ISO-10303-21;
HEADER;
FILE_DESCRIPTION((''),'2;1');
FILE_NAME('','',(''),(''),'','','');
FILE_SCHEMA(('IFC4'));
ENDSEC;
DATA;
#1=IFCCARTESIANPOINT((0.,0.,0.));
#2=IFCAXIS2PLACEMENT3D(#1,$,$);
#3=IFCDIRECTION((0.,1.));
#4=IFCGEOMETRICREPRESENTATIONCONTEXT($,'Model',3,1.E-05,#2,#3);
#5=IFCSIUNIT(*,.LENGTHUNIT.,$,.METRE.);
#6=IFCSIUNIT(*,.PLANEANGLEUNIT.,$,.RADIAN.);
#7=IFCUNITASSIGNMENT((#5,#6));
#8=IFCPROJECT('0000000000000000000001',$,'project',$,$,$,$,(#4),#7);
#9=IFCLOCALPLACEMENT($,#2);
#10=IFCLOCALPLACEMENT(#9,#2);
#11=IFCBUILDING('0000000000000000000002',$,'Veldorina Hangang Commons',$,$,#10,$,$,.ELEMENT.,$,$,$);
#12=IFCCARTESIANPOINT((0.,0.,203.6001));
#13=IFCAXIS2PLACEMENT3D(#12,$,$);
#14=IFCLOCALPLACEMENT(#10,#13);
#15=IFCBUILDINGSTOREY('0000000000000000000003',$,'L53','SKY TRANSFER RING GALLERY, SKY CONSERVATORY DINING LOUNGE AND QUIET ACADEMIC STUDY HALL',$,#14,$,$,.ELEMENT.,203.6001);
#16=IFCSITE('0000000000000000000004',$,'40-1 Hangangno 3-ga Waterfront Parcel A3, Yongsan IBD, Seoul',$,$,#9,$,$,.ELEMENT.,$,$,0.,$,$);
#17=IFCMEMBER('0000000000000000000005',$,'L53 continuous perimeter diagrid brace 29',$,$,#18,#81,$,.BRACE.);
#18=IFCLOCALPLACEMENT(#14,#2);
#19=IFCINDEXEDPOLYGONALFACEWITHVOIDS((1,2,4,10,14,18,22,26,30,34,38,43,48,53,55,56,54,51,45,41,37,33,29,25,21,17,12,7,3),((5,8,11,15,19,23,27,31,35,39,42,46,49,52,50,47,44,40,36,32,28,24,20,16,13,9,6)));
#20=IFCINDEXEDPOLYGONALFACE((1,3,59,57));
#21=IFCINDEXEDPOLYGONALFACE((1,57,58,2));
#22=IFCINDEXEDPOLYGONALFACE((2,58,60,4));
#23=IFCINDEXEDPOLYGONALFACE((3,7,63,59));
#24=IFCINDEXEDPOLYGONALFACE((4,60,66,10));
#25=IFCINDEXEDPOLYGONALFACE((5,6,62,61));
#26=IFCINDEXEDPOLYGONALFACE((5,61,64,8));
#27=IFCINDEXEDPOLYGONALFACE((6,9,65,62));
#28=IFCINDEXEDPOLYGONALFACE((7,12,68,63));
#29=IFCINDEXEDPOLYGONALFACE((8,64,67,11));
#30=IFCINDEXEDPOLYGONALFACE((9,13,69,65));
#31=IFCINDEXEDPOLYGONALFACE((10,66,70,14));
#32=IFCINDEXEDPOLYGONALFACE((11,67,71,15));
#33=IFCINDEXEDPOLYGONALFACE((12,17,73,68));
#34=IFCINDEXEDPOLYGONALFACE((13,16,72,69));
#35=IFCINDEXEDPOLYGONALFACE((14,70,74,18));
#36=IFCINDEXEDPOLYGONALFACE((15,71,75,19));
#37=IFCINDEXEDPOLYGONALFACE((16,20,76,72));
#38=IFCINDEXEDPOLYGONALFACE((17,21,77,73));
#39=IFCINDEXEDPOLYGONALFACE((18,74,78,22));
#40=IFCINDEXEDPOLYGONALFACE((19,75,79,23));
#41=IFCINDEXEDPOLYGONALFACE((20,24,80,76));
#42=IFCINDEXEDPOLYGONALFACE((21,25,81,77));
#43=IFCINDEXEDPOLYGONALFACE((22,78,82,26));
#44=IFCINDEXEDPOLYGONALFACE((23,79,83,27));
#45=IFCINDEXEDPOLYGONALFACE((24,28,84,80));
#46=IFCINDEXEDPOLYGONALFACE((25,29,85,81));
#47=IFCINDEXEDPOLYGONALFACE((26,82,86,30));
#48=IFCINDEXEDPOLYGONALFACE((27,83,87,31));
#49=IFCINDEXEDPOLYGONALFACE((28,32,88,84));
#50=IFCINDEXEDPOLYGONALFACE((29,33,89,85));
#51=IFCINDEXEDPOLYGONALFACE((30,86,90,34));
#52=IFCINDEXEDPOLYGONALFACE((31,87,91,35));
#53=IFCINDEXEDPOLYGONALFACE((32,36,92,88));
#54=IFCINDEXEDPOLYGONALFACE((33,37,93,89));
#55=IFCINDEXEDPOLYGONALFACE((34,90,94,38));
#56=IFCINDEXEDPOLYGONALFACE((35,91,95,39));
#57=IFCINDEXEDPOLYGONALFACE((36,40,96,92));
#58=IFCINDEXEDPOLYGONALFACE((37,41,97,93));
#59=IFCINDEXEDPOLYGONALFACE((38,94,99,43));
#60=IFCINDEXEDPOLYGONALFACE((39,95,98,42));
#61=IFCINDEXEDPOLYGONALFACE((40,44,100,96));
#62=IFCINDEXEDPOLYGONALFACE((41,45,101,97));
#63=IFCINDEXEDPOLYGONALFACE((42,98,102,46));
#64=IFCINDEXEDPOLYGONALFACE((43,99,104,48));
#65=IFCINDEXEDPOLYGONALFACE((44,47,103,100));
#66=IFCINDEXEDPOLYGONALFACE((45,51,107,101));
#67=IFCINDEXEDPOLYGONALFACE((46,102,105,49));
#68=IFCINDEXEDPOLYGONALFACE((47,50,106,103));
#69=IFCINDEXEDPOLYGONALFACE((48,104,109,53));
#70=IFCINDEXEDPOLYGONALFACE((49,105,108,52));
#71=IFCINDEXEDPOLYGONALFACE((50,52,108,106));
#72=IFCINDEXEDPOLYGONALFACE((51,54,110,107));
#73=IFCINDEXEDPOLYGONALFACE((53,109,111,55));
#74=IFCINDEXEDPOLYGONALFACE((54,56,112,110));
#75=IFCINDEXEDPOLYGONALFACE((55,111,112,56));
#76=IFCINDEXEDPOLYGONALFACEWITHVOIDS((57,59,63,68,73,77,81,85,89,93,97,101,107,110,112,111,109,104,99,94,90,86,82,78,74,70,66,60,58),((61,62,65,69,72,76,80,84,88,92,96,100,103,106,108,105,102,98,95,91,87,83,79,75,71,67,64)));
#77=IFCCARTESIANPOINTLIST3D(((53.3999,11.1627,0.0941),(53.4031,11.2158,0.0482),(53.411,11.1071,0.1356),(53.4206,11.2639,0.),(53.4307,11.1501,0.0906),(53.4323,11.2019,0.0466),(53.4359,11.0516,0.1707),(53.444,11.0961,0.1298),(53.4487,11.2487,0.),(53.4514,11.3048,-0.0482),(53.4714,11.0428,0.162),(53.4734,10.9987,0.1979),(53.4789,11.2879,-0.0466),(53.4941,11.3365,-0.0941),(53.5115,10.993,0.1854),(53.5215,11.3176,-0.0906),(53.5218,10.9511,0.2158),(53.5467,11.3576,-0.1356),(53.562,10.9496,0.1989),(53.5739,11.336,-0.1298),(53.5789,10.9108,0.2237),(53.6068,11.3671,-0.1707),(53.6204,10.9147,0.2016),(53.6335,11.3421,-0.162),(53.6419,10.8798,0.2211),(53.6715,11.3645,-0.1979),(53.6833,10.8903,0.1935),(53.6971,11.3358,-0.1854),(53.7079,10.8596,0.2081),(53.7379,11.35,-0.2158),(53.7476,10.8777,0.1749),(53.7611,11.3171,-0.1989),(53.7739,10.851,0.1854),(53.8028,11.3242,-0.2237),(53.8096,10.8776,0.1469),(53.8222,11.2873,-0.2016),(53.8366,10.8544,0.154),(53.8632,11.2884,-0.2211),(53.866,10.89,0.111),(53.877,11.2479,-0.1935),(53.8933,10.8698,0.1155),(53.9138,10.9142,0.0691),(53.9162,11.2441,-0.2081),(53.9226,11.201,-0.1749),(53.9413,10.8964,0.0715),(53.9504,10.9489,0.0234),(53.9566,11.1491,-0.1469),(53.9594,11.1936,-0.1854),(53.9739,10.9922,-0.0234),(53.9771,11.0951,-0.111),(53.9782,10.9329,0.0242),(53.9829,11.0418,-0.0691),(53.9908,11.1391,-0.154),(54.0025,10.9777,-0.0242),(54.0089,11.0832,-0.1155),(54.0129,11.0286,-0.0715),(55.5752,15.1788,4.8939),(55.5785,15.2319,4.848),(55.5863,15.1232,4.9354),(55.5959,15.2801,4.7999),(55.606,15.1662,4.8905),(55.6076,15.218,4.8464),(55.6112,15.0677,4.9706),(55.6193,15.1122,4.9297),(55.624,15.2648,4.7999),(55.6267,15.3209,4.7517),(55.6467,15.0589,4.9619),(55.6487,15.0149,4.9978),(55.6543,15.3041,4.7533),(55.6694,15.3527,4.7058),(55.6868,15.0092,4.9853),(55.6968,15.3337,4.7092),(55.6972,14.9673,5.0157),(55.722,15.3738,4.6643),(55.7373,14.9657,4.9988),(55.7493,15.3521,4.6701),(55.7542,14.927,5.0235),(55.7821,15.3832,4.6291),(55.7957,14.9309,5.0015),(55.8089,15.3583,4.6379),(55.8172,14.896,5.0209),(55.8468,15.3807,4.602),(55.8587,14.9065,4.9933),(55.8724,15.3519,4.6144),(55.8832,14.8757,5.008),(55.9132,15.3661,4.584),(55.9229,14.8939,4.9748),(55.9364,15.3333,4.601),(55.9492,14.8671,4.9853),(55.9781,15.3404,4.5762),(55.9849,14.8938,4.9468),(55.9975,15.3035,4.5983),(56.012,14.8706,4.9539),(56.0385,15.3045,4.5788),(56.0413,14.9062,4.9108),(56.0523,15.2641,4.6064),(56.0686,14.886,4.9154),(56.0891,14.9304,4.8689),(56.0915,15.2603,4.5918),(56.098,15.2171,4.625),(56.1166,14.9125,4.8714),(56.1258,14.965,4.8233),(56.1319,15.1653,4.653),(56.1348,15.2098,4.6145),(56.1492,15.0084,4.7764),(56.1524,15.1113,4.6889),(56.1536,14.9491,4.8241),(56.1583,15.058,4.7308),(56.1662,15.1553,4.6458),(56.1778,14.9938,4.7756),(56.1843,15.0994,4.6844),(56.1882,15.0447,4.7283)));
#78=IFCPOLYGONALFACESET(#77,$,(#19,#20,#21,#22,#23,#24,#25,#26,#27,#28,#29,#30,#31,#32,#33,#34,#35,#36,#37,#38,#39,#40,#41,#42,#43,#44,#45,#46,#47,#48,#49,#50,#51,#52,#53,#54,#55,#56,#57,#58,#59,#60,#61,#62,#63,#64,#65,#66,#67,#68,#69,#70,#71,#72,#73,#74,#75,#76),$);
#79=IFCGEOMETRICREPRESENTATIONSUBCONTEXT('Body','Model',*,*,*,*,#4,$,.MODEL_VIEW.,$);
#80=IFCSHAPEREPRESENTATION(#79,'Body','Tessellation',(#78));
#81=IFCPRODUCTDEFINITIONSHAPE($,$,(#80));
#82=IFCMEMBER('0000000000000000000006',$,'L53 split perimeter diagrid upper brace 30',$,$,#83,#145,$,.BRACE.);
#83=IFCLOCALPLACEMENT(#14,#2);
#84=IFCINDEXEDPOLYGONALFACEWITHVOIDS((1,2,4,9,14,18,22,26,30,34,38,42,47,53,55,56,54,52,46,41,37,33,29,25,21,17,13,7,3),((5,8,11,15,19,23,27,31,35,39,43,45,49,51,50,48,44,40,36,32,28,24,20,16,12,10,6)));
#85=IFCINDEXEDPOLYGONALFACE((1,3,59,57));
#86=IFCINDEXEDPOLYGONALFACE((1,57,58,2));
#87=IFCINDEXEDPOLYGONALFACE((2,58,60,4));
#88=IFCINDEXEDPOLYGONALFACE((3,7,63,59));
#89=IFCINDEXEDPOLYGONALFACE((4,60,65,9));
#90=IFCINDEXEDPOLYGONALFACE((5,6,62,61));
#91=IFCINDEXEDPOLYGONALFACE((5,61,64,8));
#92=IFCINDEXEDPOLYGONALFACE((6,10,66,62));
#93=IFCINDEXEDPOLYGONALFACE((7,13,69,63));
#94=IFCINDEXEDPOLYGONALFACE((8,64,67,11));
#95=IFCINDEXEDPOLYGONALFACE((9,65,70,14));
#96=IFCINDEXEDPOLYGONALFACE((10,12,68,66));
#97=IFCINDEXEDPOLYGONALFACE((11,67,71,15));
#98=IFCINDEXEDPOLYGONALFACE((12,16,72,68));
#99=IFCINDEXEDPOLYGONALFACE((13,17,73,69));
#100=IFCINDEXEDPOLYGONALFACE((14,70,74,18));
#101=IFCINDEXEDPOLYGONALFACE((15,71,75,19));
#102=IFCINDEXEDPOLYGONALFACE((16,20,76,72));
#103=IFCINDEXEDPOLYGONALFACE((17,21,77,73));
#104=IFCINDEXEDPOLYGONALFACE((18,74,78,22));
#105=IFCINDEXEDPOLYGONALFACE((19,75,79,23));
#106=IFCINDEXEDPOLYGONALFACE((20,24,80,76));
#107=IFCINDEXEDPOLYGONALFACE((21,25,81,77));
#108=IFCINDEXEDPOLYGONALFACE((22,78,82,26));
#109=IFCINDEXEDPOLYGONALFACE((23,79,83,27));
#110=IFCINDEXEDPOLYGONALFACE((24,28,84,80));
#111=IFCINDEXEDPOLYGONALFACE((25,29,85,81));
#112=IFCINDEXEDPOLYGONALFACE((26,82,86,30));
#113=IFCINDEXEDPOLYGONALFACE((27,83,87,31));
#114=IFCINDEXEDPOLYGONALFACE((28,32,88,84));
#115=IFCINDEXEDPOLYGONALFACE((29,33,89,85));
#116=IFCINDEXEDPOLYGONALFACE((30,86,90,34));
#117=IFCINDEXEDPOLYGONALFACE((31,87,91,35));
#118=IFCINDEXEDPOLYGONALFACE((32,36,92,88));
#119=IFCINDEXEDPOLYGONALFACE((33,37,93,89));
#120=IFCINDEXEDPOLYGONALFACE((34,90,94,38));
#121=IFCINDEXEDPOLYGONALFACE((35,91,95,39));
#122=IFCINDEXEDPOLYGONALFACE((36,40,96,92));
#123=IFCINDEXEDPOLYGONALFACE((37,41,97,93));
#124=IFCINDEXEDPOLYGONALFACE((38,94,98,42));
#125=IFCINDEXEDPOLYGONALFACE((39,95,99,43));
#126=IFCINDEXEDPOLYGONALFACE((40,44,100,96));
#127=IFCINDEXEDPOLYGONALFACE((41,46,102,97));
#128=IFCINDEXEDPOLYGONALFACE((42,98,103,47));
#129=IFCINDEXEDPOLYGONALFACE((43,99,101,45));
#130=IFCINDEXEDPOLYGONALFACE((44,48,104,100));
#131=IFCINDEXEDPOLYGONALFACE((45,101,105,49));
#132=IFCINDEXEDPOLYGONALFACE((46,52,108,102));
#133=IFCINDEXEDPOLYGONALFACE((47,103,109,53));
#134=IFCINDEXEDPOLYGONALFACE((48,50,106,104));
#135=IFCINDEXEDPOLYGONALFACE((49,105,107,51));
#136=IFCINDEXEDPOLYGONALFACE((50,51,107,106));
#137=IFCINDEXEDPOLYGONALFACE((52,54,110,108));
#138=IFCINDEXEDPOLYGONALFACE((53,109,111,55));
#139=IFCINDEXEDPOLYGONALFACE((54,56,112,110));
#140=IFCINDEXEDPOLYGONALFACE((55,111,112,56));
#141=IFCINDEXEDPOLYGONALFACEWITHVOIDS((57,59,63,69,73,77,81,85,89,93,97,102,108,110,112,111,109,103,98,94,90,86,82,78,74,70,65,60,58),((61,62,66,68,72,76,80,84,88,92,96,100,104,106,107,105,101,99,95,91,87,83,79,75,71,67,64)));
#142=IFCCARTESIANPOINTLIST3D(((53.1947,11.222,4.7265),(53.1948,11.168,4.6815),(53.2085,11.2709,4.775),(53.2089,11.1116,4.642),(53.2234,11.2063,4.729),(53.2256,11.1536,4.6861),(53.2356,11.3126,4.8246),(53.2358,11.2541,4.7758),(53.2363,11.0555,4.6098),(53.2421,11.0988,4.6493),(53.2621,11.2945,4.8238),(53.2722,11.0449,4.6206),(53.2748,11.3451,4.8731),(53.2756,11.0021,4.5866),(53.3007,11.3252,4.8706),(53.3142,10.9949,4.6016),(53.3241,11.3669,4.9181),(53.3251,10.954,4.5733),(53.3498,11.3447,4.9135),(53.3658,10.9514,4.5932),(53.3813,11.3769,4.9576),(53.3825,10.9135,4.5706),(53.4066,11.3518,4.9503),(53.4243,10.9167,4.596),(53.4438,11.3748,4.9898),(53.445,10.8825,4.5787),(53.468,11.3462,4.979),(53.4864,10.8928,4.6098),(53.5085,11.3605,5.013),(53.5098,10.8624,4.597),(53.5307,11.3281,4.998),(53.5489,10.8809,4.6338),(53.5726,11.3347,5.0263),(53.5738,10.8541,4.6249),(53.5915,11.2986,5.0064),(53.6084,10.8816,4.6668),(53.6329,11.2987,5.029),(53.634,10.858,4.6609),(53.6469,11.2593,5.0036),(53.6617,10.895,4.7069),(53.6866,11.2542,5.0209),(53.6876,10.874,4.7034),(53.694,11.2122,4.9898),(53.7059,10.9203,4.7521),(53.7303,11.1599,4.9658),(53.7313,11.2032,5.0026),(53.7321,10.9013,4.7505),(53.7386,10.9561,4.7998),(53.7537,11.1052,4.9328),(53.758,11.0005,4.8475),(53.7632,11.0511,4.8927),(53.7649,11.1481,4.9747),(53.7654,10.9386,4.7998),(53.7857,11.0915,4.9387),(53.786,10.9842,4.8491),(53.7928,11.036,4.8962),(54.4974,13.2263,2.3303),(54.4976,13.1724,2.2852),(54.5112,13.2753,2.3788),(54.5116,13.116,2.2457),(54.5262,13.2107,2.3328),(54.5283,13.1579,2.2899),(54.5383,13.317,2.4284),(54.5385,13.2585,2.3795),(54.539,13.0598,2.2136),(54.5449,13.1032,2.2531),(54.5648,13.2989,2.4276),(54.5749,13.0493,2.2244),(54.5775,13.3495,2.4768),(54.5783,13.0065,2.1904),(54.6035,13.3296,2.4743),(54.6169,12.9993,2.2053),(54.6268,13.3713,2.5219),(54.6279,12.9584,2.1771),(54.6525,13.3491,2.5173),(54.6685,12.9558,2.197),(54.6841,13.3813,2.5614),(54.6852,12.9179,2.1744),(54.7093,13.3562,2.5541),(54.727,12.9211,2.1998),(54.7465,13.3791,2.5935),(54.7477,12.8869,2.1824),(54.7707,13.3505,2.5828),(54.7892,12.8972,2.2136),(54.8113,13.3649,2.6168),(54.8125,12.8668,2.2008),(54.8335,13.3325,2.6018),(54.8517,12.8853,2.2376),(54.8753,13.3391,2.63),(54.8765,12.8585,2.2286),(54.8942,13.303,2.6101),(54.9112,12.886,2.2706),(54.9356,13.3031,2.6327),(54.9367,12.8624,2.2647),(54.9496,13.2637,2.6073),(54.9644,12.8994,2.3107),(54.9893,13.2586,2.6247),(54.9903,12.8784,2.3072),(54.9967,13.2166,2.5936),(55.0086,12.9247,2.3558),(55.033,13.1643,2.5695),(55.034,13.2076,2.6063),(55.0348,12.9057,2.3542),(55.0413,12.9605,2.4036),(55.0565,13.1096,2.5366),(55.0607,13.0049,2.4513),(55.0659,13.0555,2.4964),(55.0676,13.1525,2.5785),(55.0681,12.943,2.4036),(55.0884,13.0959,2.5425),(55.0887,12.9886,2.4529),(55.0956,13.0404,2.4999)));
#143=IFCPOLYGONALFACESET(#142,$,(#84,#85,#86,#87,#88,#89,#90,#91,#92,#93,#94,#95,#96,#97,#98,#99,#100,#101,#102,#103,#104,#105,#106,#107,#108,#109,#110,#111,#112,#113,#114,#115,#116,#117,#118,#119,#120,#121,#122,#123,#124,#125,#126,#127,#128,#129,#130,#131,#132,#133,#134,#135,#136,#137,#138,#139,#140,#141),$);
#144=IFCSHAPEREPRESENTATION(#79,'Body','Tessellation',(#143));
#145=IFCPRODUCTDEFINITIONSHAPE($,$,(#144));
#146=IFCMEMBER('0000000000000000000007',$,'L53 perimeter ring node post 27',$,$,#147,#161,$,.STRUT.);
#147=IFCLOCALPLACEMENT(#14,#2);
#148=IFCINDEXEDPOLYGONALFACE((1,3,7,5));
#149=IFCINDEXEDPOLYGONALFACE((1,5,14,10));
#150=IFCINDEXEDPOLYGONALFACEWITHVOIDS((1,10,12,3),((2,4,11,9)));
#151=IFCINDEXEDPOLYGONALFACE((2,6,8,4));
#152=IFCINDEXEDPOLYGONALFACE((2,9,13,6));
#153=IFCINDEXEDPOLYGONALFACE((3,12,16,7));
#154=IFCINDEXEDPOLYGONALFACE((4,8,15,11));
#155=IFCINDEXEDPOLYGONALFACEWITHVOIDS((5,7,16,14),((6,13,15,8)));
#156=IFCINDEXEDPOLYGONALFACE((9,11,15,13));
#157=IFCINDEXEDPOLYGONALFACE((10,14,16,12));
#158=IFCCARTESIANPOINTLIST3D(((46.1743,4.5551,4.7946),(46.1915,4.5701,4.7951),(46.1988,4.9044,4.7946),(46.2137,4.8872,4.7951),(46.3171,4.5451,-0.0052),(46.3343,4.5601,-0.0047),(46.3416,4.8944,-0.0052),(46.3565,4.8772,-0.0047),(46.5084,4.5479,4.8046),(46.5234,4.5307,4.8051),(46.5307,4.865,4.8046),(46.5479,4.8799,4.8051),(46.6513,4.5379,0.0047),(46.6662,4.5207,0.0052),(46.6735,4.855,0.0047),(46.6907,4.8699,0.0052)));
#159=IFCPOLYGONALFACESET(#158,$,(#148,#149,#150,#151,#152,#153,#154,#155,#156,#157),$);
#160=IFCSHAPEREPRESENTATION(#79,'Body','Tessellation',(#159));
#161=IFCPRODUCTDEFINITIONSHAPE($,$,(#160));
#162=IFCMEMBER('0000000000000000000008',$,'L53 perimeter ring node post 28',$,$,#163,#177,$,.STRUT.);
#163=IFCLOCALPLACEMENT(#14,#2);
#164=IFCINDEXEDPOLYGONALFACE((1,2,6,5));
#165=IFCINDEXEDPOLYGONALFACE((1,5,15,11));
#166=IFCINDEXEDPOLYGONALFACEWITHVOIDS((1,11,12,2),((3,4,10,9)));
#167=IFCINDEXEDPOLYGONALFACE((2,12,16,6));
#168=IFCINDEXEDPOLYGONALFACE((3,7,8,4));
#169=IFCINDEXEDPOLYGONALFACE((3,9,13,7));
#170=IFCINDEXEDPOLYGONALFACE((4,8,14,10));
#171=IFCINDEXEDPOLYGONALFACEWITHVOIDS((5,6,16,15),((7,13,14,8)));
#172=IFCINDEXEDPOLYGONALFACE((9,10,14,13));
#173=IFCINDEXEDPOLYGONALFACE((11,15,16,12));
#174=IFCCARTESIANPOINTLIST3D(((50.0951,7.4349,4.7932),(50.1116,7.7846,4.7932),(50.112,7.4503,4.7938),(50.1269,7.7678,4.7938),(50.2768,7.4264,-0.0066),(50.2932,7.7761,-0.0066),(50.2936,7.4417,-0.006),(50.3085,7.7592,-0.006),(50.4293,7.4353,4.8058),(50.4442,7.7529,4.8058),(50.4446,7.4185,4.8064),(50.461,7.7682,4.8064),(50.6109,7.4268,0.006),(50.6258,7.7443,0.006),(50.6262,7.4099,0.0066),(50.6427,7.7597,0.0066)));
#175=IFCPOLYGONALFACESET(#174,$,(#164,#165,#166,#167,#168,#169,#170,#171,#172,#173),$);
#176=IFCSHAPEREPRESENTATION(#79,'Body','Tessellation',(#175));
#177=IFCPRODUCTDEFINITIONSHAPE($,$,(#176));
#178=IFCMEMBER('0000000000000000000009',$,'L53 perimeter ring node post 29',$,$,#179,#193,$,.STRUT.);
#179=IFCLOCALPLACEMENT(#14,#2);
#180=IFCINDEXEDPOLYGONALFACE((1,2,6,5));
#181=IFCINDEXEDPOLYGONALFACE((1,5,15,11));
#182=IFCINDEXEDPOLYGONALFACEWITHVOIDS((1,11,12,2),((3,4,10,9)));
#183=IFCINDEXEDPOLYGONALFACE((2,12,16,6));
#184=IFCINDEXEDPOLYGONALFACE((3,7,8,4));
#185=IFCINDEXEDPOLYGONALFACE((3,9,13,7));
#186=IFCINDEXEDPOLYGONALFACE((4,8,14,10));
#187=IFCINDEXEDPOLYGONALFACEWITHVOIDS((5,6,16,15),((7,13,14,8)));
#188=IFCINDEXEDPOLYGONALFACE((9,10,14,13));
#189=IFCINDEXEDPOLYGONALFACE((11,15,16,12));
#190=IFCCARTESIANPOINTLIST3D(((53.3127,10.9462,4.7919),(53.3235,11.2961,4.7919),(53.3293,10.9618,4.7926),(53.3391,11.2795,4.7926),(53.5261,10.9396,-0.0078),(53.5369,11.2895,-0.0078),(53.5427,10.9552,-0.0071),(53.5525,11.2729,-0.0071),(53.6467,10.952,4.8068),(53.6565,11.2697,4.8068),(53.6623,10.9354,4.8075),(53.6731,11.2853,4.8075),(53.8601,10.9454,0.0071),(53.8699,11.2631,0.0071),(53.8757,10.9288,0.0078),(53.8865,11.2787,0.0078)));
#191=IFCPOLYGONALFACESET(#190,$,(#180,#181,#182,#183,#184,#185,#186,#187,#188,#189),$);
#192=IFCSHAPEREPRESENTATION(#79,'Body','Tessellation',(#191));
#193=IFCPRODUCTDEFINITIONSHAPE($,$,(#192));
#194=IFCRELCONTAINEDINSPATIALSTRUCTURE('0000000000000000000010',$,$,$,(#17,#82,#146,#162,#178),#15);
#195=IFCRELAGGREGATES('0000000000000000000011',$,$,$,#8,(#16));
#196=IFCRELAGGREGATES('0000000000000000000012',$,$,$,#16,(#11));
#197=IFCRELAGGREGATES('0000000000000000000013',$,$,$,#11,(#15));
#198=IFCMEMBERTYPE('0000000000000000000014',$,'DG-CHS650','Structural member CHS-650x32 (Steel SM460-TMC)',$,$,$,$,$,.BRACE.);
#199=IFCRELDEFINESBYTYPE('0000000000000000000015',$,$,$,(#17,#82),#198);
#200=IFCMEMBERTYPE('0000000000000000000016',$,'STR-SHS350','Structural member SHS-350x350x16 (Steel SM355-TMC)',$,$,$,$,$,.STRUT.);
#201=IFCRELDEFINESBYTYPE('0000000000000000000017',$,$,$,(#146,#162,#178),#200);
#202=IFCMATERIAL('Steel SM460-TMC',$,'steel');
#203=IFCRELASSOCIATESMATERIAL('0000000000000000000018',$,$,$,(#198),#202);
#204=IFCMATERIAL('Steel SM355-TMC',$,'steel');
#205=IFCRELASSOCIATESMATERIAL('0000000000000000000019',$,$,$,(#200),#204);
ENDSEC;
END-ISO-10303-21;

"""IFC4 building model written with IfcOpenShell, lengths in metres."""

from ifc_helpers import new_model, si_unit, direction, frame, origin, origin_2d, place, context, subcontext, project, spatial, hollow_rectangle, hollow_circle, extrude, material, material_profile, profile_set, type_object, element, save


model = new_model("IFC4")

# Units and contexts
model_context = context("Model", 3, precision=1e-05, world=origin(), true_north=direction((0.0, 1.0)))
body_context = subcontext(model_context, "Body", "Model", "MODEL_VIEW")
ifc_project = project(units=[si_unit("LENGTHUNIT", "METRE"), si_unit("PLANEANGLEUNIT", "RADIAN")], contexts=[model_context])

# Site, building, storey
site_placement = place(None, origin())
site = spatial("IfcSite", under=ifc_project, at=site_placement, Name="40-1 Hangangno 3-ga Waterfront Parcel A3, Yongsan IBD, Seoul", CompositionType="ELEMENT", RefElevation=0.0)
building_placement = place(site_placement, origin())
building = spatial("IfcBuilding", under=site, at=building_placement, Name="Veldorina Hangang Commons", CompositionType="ELEMENT")
storey_placement = place(building_placement, frame((0.0, 0.0, 203.6001)))
storey = spatial("IfcBuildingStorey", under=building, at=storey_placement, Name="L53", Description="SKY TRANSFER RING GALLERY, SKY CONSERVATORY DINING LOUNGE AND QUIET ACADEMIC STUDY HALL", CompositionType="ELEMENT", Elevation=203.6001)

# Shared definitions
ifc_material_1 = material(Name="Steel SM355-TMC", Category="steel")

# Members
ifc_material_2 = material(Name="Steel SM460-TMC", Category="steel")
ifc_material_profile_1 = material_profile(ifc_material_2, hollow_circle(Radius=0.325, WallThickness=0.032, at=origin_2d()), Name="CHS-650x32")
ifc_profile_set_1 = profile_set([ifc_material_profile_1], Name="Steel SM460-TMC")
member_type_1 = type_object("IfcMemberType", Name="DG-CHS650", Description="Structural member CHS-650x32 (Steel SM460-TMC)", PredefinedType="BRACE", material=ifc_profile_set_1)
member_1_placement = place(storey_placement, frame((53.7063, 11.1091, 0.0), z_axis=(0.328314, 0.606147, 0.724428), x_axis=(-0.879301, 0.476266, 0.0)))
element("IfcMember", 1, at=member_1_placement, inside=storey, type_object=member_type_1, Name="L53 continuous perimeter diagrid brace 29", PredefinedType="BRACE", context=body_context, shape_type="SweptSolid", body=[
    extrude(hollow_circle(Radius=0.325, WallThickness=0.032, at=origin_2d()), origin(), (0.0, 0.0, 1.0), 6.6257),
])
member_2_placement = place(storey_placement, frame((54.7957, 13.1201, 2.4036), z_axis=(-0.384881, -0.59218, 0.707947), x_axis=(0.838467, -0.544952, 0.0)))
element("IfcMember", 2, at=member_2_placement, inside=storey, type_object=member_type_1, Name="L53 split perimeter diagrid upper brace 30", PredefinedType="BRACE", context=body_context, shape_type="SweptSolid", body=[
    extrude(hollow_circle(Radius=0.325, WallThickness=0.032, at=origin_2d()), origin(), (0.0, 0.0, 1.0), 3.3848),
])
ifc_material_profile_2 = material_profile(ifc_material_1, hollow_rectangle(XDim=0.3501, YDim=0.3501, WallThickness=0.0161, at=origin_2d()), Name="SHS-350x350x16")
ifc_profile_set_2 = profile_set([ifc_material_profile_2], Name="Steel SM355-TMC")
member_type_2 = type_object("IfcMemberType", Name="STR-SHS350", Description="Structural member SHS-350x350x16 (Steel SM355-TMC)", PredefinedType="STRUT", material=ifc_profile_set_2)
member_3_placement = place(storey_placement, frame((46.5039, 4.7075, 0.0), z_axis=(-0.029743, 0.002085, 0.999555), x_axis=(-0.069914, -0.997553, 0.0)))
element("IfcMember", 3, at=member_3_placement, inside=storey, type_object=member_type_2, Name="L53 perimeter ring node post 27", PredefinedType="STRUT", context=body_context, shape_type="SweptSolid", body=[
    extrude(hollow_rectangle(XDim=0.3501, YDim=0.3501, WallThickness=0.0161, at=origin_2d()), origin(), (0.0, 0.0, 1.0), 4.802),
])
member_4_placement = place(storey_placement, frame((50.4597, 7.593, 0.0), z_axis=(-0.037816, 0.001779, 0.999283), x_axis=(-0.046991, -0.998895, 0.0)))
element("IfcMember", 4, at=member_4_placement, inside=storey, type_object=member_type_2, Name="L53 perimeter ring node post 28", PredefinedType="STRUT", context=body_context, shape_type="SweptSolid", body=[
    extrude(hollow_rectangle(XDim=0.3501, YDim=0.3501, WallThickness=0.0161, at=origin_2d()), origin(), (0.0, 0.0, 1.0), 4.8032),
])
member_5_placement = place(storey_placement, frame((53.7063, 11.1091, 0.0), z_axis=(-0.044412, 0.001372, 0.999012), x_axis=(-0.030878, -0.999523, 0.0)))
element("IfcMember", 5, at=member_5_placement, inside=storey, type_object=member_type_2, Name="L53 perimeter ring node post 29", PredefinedType="STRUT", context=body_context, shape_type="SweptSolid", body=[
    extrude(hollow_rectangle(XDim=0.3501, YDim=0.3501, WallThickness=0.0161, at=origin_2d()), origin(), (0.0, 0.0, 1.0), 4.8044),
])

save(model, "model.ifc")
